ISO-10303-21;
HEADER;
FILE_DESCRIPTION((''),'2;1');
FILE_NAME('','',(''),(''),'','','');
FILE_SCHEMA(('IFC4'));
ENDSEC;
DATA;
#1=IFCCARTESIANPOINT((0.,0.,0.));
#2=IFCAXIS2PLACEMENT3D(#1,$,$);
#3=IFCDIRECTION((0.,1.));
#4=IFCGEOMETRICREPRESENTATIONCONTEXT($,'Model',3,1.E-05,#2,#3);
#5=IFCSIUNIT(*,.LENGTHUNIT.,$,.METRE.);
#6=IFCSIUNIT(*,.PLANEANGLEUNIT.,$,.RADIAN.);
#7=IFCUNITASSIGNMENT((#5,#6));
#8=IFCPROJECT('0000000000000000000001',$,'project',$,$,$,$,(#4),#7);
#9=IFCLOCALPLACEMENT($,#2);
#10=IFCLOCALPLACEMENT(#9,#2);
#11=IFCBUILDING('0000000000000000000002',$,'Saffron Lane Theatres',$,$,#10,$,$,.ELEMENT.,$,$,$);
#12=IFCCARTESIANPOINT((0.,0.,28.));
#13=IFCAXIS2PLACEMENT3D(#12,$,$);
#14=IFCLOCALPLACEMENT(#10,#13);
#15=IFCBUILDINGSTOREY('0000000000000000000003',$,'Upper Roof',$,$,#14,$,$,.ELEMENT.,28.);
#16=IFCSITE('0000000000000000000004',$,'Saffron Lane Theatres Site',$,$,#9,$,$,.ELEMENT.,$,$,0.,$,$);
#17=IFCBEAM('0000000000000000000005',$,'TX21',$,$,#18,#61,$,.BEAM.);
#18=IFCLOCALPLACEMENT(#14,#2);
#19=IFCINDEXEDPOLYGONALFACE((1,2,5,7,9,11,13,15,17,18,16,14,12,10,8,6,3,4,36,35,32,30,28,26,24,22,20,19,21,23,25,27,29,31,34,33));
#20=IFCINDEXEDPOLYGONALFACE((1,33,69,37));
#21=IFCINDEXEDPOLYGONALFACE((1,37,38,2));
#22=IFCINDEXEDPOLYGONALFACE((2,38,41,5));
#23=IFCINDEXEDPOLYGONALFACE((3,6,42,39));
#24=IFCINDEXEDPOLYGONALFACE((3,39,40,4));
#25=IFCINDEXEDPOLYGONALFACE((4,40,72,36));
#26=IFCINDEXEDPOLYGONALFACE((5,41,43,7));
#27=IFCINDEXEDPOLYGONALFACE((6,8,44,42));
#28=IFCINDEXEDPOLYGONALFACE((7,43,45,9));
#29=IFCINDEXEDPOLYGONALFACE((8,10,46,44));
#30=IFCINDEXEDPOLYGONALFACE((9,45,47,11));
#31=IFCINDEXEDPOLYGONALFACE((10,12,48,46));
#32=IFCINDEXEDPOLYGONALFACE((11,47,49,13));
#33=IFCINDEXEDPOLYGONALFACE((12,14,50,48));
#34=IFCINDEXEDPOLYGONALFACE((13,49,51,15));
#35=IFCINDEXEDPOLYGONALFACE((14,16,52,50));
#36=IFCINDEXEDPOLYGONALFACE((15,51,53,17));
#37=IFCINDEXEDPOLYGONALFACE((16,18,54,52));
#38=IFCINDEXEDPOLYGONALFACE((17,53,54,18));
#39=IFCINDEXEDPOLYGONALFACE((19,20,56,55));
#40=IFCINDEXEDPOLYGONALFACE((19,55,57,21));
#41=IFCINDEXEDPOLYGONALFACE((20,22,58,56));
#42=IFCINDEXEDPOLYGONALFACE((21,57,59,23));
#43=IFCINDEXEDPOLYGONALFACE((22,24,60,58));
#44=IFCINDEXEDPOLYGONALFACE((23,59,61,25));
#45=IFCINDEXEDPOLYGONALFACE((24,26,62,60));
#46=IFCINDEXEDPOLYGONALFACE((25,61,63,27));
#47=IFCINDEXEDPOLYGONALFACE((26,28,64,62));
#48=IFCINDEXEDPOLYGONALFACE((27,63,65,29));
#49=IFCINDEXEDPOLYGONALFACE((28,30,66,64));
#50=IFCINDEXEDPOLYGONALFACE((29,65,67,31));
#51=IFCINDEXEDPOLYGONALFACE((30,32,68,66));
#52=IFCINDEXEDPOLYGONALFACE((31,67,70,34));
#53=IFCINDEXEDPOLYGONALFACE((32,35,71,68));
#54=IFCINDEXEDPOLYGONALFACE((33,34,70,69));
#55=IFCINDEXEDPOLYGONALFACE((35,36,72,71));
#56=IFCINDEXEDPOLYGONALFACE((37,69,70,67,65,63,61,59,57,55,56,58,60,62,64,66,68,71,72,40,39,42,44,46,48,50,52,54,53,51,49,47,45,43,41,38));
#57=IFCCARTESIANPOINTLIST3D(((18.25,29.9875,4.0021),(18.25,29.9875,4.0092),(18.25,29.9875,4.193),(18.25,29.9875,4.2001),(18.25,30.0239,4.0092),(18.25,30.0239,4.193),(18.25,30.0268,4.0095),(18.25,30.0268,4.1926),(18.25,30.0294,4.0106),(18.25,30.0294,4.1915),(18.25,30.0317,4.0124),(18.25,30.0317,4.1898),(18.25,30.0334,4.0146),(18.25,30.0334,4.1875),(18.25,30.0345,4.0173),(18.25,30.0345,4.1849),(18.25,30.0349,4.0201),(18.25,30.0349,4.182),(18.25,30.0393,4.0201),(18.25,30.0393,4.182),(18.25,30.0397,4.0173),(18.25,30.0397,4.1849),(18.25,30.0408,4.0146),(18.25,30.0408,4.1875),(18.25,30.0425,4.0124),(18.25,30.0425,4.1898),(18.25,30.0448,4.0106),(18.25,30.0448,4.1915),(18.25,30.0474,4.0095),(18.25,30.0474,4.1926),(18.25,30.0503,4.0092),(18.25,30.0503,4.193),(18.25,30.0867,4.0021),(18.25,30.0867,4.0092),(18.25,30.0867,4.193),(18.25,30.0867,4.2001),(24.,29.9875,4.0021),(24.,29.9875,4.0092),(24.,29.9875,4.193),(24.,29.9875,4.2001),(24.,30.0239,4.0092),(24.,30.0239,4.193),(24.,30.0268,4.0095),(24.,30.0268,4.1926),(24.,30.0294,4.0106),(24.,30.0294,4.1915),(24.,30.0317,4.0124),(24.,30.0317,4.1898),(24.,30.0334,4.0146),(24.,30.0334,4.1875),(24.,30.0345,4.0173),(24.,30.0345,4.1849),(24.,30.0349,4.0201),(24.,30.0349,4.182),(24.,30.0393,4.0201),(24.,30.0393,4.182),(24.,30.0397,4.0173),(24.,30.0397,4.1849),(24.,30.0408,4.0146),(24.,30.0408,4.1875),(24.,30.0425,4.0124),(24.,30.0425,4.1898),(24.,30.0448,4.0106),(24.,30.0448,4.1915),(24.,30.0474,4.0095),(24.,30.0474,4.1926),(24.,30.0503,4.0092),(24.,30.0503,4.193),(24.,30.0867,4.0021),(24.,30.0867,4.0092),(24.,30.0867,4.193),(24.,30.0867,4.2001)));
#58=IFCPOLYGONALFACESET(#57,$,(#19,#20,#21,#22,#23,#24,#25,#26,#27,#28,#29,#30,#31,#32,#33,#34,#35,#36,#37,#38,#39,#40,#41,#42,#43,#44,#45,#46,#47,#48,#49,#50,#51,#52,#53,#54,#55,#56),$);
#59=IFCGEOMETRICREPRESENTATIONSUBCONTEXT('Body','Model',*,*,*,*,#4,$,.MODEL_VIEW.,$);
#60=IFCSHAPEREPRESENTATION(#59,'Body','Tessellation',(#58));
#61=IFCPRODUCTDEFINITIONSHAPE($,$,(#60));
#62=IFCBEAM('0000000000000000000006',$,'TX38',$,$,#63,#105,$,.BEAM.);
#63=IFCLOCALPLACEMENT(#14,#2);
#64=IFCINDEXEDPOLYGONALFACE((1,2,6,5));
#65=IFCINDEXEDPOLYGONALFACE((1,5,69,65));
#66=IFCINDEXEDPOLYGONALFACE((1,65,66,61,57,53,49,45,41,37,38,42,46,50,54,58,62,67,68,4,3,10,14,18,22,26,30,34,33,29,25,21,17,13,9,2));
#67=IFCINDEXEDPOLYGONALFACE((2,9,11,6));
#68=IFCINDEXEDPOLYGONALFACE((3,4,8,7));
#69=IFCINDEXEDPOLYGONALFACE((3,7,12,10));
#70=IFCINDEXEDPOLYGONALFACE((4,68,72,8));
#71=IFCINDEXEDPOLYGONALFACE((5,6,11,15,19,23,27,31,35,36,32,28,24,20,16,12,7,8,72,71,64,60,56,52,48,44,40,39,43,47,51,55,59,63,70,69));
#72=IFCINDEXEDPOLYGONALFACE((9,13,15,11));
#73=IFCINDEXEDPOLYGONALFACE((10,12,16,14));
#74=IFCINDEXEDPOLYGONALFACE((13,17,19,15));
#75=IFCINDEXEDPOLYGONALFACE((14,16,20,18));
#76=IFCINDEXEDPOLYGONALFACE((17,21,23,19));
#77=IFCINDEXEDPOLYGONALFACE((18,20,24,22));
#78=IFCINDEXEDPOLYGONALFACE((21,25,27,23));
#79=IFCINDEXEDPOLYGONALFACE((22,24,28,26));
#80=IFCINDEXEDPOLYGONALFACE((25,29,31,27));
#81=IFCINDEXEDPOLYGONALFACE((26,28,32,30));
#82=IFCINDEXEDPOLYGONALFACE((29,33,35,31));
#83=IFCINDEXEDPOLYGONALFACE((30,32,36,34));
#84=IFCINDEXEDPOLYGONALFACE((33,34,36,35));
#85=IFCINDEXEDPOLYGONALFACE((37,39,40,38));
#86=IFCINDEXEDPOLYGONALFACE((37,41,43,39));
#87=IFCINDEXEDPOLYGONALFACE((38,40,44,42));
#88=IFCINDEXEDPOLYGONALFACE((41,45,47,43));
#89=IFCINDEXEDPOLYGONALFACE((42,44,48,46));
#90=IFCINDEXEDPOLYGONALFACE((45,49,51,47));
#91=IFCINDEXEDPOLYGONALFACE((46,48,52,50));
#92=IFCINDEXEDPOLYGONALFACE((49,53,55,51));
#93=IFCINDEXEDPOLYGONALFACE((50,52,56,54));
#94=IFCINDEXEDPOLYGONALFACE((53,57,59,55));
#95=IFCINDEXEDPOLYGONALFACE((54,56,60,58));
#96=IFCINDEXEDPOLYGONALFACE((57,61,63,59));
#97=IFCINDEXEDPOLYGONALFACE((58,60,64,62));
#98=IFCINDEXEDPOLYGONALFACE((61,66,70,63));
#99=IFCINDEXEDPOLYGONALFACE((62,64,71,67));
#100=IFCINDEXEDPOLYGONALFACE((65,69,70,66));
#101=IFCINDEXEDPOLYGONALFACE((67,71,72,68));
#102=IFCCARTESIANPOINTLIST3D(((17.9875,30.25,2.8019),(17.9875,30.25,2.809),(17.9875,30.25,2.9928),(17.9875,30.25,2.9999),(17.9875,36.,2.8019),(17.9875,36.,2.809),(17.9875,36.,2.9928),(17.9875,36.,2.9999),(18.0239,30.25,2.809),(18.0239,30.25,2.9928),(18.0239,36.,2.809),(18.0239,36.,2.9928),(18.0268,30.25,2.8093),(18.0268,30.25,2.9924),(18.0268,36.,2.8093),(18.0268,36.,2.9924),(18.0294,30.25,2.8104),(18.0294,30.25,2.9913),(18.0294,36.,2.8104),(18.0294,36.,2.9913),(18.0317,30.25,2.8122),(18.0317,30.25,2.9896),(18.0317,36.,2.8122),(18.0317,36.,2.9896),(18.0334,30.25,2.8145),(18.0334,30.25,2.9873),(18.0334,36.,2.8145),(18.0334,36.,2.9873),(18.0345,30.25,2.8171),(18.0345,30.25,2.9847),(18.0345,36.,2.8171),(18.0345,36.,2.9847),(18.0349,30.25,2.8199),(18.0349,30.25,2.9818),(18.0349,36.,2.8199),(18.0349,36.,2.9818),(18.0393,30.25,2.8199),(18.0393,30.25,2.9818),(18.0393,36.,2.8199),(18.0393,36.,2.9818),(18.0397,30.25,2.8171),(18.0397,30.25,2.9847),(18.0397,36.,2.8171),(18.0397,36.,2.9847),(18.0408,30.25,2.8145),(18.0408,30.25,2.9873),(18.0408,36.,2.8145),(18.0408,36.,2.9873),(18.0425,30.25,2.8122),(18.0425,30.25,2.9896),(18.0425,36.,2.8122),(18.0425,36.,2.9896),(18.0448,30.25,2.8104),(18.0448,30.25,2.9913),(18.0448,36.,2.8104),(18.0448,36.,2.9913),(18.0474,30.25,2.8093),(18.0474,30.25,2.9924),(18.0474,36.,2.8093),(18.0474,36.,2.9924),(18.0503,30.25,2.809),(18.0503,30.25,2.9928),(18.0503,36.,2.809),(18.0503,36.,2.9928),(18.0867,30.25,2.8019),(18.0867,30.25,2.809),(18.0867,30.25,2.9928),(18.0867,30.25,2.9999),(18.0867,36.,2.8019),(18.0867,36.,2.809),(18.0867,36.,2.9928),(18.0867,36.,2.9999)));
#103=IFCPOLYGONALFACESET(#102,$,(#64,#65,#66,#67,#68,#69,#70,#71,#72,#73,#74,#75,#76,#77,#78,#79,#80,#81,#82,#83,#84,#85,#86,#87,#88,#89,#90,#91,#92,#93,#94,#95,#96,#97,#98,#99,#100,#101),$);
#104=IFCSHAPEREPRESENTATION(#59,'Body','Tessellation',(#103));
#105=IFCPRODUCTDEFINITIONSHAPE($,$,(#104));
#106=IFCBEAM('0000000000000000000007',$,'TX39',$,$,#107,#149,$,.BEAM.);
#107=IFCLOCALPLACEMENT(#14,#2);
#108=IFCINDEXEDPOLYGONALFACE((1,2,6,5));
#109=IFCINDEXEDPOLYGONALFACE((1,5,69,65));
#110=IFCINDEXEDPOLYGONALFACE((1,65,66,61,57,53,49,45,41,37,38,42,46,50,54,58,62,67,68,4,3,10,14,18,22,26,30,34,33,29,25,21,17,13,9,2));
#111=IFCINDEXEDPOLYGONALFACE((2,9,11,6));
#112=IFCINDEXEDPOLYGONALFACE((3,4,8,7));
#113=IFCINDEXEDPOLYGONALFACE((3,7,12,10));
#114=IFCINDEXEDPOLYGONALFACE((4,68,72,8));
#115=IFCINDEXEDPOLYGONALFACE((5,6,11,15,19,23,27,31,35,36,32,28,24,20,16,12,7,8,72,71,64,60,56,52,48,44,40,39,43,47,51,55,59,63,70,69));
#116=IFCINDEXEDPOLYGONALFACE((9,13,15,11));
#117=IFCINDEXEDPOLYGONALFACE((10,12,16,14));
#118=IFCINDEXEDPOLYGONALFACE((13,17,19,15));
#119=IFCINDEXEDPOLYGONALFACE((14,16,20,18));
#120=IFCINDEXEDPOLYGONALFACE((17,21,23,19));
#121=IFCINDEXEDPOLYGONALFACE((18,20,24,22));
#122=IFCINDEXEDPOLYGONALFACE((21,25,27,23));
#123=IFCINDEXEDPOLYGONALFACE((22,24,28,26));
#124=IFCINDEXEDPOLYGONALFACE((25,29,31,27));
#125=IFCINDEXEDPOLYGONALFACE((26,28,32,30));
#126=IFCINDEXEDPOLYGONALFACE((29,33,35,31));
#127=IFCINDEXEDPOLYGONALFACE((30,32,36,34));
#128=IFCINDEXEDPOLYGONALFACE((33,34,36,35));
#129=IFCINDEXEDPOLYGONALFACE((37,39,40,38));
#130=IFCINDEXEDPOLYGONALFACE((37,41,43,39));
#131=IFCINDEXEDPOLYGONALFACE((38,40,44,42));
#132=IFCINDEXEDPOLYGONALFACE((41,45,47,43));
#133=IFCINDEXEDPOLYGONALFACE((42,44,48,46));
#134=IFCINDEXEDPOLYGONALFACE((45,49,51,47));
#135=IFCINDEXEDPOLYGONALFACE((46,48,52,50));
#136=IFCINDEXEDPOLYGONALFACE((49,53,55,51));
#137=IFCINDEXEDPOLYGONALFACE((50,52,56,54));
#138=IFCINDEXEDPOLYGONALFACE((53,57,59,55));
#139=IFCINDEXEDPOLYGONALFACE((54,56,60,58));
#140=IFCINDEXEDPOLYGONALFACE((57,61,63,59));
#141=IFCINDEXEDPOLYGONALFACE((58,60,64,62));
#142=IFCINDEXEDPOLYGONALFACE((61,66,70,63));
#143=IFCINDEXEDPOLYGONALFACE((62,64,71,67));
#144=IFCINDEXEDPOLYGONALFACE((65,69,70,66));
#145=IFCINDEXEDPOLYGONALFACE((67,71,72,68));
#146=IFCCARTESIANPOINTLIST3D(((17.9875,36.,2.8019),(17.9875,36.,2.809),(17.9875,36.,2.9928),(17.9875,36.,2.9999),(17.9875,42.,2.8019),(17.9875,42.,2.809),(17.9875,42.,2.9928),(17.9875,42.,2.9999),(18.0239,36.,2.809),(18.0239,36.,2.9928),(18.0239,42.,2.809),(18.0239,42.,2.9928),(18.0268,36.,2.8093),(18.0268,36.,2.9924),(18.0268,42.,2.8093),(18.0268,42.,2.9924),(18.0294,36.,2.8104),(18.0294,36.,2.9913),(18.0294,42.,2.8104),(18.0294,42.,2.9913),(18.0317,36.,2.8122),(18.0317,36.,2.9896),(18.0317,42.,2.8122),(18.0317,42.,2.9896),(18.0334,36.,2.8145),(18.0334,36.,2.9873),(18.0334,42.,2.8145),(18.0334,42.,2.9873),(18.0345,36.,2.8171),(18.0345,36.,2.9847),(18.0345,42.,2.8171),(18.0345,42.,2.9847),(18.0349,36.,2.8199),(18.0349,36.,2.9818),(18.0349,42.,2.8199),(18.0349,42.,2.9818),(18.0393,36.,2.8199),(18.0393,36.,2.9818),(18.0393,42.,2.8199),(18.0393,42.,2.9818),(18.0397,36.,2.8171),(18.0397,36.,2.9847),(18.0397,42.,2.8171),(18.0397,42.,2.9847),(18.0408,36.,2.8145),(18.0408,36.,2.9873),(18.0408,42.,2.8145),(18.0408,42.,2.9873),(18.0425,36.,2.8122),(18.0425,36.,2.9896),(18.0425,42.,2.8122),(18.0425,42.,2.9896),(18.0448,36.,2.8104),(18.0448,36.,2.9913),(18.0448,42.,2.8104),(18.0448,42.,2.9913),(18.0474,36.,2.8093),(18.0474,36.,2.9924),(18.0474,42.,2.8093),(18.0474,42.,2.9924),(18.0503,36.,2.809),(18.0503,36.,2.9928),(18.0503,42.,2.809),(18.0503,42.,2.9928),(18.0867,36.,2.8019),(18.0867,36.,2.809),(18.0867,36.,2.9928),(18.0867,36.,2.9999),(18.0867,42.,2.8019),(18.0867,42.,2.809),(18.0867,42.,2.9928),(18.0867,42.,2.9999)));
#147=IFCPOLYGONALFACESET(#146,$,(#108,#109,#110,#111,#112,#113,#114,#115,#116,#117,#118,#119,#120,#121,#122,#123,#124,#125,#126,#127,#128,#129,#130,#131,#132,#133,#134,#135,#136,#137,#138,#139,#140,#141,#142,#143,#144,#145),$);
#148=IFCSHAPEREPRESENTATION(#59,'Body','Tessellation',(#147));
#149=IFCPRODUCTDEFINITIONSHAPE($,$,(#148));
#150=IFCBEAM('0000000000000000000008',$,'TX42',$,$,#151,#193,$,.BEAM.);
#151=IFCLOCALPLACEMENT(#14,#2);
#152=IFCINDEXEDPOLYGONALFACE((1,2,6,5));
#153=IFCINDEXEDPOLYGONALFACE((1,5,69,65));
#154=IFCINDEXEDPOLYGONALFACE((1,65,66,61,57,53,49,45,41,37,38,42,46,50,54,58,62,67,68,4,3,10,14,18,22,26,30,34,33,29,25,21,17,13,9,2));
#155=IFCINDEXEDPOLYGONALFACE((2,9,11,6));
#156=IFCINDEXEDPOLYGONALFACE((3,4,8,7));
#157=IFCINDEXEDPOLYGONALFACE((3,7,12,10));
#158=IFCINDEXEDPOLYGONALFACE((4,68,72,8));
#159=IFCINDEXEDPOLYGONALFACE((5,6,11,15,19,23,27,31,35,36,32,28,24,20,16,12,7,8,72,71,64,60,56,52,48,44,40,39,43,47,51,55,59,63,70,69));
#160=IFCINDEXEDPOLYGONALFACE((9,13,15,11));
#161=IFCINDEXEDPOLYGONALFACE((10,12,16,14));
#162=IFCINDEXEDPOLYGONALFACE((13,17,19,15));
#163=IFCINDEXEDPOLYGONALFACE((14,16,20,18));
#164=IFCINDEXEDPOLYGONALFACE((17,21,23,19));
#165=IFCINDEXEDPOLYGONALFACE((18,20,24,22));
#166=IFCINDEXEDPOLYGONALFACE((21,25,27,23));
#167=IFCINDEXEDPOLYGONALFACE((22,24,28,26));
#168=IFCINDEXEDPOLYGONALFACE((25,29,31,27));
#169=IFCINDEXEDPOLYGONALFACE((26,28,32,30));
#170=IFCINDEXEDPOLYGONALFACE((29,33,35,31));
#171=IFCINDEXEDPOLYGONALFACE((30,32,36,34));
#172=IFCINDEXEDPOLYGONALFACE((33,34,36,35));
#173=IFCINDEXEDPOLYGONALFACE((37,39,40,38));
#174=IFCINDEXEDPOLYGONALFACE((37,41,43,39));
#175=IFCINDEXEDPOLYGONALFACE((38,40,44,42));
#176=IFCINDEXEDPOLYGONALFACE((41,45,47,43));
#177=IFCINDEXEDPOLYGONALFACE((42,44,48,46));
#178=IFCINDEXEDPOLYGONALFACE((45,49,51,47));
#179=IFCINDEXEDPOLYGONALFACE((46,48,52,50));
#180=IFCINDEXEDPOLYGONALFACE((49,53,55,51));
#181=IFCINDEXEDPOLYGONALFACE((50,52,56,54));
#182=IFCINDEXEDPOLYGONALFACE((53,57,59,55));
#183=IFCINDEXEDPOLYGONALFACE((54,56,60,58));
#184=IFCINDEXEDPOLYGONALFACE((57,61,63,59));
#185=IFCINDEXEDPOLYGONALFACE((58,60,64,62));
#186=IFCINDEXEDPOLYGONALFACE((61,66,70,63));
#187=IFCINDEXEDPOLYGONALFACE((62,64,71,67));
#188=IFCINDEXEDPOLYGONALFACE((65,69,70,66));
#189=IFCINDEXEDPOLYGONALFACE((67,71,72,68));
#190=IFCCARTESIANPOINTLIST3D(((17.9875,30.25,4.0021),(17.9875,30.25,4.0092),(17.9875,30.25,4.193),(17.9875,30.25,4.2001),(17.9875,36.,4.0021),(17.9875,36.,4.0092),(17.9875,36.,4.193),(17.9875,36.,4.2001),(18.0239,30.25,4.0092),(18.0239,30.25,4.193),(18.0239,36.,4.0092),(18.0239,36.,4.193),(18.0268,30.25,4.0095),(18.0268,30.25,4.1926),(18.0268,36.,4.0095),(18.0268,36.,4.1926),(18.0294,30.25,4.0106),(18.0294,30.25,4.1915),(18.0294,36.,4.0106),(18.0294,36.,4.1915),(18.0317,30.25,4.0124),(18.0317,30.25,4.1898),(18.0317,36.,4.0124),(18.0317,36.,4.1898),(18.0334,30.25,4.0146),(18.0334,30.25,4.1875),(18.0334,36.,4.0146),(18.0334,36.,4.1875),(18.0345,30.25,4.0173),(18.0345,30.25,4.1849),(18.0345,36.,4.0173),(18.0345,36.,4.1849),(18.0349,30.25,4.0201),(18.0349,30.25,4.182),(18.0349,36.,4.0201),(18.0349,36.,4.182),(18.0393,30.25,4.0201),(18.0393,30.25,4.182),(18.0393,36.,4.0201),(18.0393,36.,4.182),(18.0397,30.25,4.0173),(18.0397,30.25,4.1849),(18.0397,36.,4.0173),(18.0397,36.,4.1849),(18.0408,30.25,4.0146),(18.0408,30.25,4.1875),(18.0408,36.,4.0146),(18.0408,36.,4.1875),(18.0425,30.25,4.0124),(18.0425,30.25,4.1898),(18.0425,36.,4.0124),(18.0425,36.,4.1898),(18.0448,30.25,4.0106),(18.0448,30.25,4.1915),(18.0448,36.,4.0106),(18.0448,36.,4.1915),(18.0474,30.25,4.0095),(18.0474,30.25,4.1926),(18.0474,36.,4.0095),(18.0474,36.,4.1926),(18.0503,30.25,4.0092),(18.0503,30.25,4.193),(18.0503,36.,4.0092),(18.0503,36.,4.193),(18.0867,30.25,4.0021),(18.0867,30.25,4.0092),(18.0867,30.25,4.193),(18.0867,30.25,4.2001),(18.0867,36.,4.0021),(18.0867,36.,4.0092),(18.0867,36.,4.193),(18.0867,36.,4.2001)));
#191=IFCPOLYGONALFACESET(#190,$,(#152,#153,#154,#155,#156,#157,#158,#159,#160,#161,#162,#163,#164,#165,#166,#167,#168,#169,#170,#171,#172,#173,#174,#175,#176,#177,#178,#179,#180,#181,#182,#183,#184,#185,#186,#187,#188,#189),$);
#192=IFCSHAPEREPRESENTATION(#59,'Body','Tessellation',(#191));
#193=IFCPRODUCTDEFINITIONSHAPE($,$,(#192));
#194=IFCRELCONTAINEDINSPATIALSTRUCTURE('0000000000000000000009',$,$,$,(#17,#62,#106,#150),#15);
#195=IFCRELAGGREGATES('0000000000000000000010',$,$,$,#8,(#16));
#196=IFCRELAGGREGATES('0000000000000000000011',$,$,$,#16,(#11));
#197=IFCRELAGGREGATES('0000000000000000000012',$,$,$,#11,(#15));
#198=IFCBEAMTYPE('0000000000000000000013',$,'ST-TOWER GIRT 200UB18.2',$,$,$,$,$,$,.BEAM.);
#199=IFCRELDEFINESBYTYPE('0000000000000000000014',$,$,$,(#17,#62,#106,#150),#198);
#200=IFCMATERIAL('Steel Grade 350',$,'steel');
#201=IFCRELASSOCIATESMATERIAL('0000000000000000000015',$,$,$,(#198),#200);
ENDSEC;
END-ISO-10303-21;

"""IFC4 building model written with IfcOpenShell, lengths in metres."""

from ifc_helpers import new_model, si_unit, direction, frame, origin, origin_2d, place, context, subcontext, project, spatial, i_section, extrude, material, material_profile, profile_set, type_object, element, save


model = new_model("IFC4")

# Units and contexts
model_context = context("Model", 3, precision=1e-05, world=origin(), true_north=direction((0.0, 1.0)))
body_context = subcontext(model_context, "Body", "Model", "MODEL_VIEW")
ifc_project = project(units=[si_unit("LENGTHUNIT", "METRE"), si_unit("PLANEANGLEUNIT", "RADIAN")], contexts=[model_context])

# Site, building, storey
site_placement = place(None, origin())
site = spatial("IfcSite", under=ifc_project, at=site_placement, Name="Saffron Lane Theatres Site", CompositionType="ELEMENT", RefElevation=0.0)
building_placement = place(site_placement, origin())
building = spatial("IfcBuilding", under=site, at=building_placement, Name="Saffron Lane Theatres", CompositionType="ELEMENT")
storey_placement = place(building_placement, frame((0.0, 0.0, 28.0)))
storey = spatial("IfcBuildingStorey", under=building, at=storey_placement, Name="Upper Roof", CompositionType="ELEMENT", Elevation=28.0)

# Beams
ifc_material_1 = material(Name="Steel Grade 350", Category="steel")
ifc_material_profile_1 = material_profile(ifc_material_1, i_section(OverallWidth=0.0991, OverallDepth=0.198, WebThickness=0.0044, FlangeThickness=0.0071, FilletRadius=0.011, at=origin_2d()))
ifc_profile_set_1 = profile_set([ifc_material_profile_1], Name="Steel Grade 350")
beam_type_1 = type_object("IfcBeamType", Name="ST-TOWER GIRT 200UB18.2", PredefinedType="BEAM", material=ifc_profile_set_1)
for number, where, z_axis, x_axis, name in (
    (1, (18.25, 30.0371, 4.1011), (1.0, 0.0, 0.0), (0.0, 1.0, 0.0), "TX21"),
    (2, (18.0371, 30.25, 2.9009), (0.0, 1.0, 0.0), (-1.0, 0.0, 0.0), "TX38"),
):
    element("IfcBeam", number, at=place(storey_placement, frame(where, z_axis=z_axis, x_axis=x_axis)), inside=storey, type_object=beam_type_1, Name=name, PredefinedType="BEAM", context=body_context, shape_type="SweptSolid", body=[
        extrude(i_section(OverallWidth=0.0991, OverallDepth=0.198, WebThickness=0.0044, FlangeThickness=0.0071, FilletRadius=0.011, at=origin_2d()), origin(), (0.0, 0.0, 1.0), 5.75),
    ])
beam_1_placement = place(storey_placement, frame((18.0371, 36.0, 2.9009), z_axis=(0.0, 1.0, 0.0), x_axis=(-1.0, 0.0, 0.0)))
element("IfcBeam", 3, at=beam_1_placement, inside=storey, type_object=beam_type_1, Name="TX39", PredefinedType="BEAM", context=body_context, shape_type="SweptSolid", body=[
    extrude(i_section(OverallWidth=0.0991, OverallDepth=0.198, WebThickness=0.0044, FlangeThickness=0.0071, FilletRadius=0.011, at=origin_2d()), origin(), (0.0, 0.0, 1.0), 6.0),
])
beam_2_placement = place(storey_placement, frame((18.0371, 30.25, 4.1011), z_axis=(0.0, 1.0, 0.0), x_axis=(-1.0, 0.0, 0.0)))
element("IfcBeam", 4, at=beam_2_placement, inside=storey, type_object=beam_type_1, Name="TX42", PredefinedType="BEAM", context=body_context, shape_type="SweptSolid", body=[
    extrude(i_section(OverallWidth=0.0991, OverallDepth=0.198, WebThickness=0.0044, FlangeThickness=0.0071, FilletRadius=0.011, at=origin_2d()), origin(), (0.0, 0.0, 1.0), 5.75),
])

save(model, "model.ifc")
